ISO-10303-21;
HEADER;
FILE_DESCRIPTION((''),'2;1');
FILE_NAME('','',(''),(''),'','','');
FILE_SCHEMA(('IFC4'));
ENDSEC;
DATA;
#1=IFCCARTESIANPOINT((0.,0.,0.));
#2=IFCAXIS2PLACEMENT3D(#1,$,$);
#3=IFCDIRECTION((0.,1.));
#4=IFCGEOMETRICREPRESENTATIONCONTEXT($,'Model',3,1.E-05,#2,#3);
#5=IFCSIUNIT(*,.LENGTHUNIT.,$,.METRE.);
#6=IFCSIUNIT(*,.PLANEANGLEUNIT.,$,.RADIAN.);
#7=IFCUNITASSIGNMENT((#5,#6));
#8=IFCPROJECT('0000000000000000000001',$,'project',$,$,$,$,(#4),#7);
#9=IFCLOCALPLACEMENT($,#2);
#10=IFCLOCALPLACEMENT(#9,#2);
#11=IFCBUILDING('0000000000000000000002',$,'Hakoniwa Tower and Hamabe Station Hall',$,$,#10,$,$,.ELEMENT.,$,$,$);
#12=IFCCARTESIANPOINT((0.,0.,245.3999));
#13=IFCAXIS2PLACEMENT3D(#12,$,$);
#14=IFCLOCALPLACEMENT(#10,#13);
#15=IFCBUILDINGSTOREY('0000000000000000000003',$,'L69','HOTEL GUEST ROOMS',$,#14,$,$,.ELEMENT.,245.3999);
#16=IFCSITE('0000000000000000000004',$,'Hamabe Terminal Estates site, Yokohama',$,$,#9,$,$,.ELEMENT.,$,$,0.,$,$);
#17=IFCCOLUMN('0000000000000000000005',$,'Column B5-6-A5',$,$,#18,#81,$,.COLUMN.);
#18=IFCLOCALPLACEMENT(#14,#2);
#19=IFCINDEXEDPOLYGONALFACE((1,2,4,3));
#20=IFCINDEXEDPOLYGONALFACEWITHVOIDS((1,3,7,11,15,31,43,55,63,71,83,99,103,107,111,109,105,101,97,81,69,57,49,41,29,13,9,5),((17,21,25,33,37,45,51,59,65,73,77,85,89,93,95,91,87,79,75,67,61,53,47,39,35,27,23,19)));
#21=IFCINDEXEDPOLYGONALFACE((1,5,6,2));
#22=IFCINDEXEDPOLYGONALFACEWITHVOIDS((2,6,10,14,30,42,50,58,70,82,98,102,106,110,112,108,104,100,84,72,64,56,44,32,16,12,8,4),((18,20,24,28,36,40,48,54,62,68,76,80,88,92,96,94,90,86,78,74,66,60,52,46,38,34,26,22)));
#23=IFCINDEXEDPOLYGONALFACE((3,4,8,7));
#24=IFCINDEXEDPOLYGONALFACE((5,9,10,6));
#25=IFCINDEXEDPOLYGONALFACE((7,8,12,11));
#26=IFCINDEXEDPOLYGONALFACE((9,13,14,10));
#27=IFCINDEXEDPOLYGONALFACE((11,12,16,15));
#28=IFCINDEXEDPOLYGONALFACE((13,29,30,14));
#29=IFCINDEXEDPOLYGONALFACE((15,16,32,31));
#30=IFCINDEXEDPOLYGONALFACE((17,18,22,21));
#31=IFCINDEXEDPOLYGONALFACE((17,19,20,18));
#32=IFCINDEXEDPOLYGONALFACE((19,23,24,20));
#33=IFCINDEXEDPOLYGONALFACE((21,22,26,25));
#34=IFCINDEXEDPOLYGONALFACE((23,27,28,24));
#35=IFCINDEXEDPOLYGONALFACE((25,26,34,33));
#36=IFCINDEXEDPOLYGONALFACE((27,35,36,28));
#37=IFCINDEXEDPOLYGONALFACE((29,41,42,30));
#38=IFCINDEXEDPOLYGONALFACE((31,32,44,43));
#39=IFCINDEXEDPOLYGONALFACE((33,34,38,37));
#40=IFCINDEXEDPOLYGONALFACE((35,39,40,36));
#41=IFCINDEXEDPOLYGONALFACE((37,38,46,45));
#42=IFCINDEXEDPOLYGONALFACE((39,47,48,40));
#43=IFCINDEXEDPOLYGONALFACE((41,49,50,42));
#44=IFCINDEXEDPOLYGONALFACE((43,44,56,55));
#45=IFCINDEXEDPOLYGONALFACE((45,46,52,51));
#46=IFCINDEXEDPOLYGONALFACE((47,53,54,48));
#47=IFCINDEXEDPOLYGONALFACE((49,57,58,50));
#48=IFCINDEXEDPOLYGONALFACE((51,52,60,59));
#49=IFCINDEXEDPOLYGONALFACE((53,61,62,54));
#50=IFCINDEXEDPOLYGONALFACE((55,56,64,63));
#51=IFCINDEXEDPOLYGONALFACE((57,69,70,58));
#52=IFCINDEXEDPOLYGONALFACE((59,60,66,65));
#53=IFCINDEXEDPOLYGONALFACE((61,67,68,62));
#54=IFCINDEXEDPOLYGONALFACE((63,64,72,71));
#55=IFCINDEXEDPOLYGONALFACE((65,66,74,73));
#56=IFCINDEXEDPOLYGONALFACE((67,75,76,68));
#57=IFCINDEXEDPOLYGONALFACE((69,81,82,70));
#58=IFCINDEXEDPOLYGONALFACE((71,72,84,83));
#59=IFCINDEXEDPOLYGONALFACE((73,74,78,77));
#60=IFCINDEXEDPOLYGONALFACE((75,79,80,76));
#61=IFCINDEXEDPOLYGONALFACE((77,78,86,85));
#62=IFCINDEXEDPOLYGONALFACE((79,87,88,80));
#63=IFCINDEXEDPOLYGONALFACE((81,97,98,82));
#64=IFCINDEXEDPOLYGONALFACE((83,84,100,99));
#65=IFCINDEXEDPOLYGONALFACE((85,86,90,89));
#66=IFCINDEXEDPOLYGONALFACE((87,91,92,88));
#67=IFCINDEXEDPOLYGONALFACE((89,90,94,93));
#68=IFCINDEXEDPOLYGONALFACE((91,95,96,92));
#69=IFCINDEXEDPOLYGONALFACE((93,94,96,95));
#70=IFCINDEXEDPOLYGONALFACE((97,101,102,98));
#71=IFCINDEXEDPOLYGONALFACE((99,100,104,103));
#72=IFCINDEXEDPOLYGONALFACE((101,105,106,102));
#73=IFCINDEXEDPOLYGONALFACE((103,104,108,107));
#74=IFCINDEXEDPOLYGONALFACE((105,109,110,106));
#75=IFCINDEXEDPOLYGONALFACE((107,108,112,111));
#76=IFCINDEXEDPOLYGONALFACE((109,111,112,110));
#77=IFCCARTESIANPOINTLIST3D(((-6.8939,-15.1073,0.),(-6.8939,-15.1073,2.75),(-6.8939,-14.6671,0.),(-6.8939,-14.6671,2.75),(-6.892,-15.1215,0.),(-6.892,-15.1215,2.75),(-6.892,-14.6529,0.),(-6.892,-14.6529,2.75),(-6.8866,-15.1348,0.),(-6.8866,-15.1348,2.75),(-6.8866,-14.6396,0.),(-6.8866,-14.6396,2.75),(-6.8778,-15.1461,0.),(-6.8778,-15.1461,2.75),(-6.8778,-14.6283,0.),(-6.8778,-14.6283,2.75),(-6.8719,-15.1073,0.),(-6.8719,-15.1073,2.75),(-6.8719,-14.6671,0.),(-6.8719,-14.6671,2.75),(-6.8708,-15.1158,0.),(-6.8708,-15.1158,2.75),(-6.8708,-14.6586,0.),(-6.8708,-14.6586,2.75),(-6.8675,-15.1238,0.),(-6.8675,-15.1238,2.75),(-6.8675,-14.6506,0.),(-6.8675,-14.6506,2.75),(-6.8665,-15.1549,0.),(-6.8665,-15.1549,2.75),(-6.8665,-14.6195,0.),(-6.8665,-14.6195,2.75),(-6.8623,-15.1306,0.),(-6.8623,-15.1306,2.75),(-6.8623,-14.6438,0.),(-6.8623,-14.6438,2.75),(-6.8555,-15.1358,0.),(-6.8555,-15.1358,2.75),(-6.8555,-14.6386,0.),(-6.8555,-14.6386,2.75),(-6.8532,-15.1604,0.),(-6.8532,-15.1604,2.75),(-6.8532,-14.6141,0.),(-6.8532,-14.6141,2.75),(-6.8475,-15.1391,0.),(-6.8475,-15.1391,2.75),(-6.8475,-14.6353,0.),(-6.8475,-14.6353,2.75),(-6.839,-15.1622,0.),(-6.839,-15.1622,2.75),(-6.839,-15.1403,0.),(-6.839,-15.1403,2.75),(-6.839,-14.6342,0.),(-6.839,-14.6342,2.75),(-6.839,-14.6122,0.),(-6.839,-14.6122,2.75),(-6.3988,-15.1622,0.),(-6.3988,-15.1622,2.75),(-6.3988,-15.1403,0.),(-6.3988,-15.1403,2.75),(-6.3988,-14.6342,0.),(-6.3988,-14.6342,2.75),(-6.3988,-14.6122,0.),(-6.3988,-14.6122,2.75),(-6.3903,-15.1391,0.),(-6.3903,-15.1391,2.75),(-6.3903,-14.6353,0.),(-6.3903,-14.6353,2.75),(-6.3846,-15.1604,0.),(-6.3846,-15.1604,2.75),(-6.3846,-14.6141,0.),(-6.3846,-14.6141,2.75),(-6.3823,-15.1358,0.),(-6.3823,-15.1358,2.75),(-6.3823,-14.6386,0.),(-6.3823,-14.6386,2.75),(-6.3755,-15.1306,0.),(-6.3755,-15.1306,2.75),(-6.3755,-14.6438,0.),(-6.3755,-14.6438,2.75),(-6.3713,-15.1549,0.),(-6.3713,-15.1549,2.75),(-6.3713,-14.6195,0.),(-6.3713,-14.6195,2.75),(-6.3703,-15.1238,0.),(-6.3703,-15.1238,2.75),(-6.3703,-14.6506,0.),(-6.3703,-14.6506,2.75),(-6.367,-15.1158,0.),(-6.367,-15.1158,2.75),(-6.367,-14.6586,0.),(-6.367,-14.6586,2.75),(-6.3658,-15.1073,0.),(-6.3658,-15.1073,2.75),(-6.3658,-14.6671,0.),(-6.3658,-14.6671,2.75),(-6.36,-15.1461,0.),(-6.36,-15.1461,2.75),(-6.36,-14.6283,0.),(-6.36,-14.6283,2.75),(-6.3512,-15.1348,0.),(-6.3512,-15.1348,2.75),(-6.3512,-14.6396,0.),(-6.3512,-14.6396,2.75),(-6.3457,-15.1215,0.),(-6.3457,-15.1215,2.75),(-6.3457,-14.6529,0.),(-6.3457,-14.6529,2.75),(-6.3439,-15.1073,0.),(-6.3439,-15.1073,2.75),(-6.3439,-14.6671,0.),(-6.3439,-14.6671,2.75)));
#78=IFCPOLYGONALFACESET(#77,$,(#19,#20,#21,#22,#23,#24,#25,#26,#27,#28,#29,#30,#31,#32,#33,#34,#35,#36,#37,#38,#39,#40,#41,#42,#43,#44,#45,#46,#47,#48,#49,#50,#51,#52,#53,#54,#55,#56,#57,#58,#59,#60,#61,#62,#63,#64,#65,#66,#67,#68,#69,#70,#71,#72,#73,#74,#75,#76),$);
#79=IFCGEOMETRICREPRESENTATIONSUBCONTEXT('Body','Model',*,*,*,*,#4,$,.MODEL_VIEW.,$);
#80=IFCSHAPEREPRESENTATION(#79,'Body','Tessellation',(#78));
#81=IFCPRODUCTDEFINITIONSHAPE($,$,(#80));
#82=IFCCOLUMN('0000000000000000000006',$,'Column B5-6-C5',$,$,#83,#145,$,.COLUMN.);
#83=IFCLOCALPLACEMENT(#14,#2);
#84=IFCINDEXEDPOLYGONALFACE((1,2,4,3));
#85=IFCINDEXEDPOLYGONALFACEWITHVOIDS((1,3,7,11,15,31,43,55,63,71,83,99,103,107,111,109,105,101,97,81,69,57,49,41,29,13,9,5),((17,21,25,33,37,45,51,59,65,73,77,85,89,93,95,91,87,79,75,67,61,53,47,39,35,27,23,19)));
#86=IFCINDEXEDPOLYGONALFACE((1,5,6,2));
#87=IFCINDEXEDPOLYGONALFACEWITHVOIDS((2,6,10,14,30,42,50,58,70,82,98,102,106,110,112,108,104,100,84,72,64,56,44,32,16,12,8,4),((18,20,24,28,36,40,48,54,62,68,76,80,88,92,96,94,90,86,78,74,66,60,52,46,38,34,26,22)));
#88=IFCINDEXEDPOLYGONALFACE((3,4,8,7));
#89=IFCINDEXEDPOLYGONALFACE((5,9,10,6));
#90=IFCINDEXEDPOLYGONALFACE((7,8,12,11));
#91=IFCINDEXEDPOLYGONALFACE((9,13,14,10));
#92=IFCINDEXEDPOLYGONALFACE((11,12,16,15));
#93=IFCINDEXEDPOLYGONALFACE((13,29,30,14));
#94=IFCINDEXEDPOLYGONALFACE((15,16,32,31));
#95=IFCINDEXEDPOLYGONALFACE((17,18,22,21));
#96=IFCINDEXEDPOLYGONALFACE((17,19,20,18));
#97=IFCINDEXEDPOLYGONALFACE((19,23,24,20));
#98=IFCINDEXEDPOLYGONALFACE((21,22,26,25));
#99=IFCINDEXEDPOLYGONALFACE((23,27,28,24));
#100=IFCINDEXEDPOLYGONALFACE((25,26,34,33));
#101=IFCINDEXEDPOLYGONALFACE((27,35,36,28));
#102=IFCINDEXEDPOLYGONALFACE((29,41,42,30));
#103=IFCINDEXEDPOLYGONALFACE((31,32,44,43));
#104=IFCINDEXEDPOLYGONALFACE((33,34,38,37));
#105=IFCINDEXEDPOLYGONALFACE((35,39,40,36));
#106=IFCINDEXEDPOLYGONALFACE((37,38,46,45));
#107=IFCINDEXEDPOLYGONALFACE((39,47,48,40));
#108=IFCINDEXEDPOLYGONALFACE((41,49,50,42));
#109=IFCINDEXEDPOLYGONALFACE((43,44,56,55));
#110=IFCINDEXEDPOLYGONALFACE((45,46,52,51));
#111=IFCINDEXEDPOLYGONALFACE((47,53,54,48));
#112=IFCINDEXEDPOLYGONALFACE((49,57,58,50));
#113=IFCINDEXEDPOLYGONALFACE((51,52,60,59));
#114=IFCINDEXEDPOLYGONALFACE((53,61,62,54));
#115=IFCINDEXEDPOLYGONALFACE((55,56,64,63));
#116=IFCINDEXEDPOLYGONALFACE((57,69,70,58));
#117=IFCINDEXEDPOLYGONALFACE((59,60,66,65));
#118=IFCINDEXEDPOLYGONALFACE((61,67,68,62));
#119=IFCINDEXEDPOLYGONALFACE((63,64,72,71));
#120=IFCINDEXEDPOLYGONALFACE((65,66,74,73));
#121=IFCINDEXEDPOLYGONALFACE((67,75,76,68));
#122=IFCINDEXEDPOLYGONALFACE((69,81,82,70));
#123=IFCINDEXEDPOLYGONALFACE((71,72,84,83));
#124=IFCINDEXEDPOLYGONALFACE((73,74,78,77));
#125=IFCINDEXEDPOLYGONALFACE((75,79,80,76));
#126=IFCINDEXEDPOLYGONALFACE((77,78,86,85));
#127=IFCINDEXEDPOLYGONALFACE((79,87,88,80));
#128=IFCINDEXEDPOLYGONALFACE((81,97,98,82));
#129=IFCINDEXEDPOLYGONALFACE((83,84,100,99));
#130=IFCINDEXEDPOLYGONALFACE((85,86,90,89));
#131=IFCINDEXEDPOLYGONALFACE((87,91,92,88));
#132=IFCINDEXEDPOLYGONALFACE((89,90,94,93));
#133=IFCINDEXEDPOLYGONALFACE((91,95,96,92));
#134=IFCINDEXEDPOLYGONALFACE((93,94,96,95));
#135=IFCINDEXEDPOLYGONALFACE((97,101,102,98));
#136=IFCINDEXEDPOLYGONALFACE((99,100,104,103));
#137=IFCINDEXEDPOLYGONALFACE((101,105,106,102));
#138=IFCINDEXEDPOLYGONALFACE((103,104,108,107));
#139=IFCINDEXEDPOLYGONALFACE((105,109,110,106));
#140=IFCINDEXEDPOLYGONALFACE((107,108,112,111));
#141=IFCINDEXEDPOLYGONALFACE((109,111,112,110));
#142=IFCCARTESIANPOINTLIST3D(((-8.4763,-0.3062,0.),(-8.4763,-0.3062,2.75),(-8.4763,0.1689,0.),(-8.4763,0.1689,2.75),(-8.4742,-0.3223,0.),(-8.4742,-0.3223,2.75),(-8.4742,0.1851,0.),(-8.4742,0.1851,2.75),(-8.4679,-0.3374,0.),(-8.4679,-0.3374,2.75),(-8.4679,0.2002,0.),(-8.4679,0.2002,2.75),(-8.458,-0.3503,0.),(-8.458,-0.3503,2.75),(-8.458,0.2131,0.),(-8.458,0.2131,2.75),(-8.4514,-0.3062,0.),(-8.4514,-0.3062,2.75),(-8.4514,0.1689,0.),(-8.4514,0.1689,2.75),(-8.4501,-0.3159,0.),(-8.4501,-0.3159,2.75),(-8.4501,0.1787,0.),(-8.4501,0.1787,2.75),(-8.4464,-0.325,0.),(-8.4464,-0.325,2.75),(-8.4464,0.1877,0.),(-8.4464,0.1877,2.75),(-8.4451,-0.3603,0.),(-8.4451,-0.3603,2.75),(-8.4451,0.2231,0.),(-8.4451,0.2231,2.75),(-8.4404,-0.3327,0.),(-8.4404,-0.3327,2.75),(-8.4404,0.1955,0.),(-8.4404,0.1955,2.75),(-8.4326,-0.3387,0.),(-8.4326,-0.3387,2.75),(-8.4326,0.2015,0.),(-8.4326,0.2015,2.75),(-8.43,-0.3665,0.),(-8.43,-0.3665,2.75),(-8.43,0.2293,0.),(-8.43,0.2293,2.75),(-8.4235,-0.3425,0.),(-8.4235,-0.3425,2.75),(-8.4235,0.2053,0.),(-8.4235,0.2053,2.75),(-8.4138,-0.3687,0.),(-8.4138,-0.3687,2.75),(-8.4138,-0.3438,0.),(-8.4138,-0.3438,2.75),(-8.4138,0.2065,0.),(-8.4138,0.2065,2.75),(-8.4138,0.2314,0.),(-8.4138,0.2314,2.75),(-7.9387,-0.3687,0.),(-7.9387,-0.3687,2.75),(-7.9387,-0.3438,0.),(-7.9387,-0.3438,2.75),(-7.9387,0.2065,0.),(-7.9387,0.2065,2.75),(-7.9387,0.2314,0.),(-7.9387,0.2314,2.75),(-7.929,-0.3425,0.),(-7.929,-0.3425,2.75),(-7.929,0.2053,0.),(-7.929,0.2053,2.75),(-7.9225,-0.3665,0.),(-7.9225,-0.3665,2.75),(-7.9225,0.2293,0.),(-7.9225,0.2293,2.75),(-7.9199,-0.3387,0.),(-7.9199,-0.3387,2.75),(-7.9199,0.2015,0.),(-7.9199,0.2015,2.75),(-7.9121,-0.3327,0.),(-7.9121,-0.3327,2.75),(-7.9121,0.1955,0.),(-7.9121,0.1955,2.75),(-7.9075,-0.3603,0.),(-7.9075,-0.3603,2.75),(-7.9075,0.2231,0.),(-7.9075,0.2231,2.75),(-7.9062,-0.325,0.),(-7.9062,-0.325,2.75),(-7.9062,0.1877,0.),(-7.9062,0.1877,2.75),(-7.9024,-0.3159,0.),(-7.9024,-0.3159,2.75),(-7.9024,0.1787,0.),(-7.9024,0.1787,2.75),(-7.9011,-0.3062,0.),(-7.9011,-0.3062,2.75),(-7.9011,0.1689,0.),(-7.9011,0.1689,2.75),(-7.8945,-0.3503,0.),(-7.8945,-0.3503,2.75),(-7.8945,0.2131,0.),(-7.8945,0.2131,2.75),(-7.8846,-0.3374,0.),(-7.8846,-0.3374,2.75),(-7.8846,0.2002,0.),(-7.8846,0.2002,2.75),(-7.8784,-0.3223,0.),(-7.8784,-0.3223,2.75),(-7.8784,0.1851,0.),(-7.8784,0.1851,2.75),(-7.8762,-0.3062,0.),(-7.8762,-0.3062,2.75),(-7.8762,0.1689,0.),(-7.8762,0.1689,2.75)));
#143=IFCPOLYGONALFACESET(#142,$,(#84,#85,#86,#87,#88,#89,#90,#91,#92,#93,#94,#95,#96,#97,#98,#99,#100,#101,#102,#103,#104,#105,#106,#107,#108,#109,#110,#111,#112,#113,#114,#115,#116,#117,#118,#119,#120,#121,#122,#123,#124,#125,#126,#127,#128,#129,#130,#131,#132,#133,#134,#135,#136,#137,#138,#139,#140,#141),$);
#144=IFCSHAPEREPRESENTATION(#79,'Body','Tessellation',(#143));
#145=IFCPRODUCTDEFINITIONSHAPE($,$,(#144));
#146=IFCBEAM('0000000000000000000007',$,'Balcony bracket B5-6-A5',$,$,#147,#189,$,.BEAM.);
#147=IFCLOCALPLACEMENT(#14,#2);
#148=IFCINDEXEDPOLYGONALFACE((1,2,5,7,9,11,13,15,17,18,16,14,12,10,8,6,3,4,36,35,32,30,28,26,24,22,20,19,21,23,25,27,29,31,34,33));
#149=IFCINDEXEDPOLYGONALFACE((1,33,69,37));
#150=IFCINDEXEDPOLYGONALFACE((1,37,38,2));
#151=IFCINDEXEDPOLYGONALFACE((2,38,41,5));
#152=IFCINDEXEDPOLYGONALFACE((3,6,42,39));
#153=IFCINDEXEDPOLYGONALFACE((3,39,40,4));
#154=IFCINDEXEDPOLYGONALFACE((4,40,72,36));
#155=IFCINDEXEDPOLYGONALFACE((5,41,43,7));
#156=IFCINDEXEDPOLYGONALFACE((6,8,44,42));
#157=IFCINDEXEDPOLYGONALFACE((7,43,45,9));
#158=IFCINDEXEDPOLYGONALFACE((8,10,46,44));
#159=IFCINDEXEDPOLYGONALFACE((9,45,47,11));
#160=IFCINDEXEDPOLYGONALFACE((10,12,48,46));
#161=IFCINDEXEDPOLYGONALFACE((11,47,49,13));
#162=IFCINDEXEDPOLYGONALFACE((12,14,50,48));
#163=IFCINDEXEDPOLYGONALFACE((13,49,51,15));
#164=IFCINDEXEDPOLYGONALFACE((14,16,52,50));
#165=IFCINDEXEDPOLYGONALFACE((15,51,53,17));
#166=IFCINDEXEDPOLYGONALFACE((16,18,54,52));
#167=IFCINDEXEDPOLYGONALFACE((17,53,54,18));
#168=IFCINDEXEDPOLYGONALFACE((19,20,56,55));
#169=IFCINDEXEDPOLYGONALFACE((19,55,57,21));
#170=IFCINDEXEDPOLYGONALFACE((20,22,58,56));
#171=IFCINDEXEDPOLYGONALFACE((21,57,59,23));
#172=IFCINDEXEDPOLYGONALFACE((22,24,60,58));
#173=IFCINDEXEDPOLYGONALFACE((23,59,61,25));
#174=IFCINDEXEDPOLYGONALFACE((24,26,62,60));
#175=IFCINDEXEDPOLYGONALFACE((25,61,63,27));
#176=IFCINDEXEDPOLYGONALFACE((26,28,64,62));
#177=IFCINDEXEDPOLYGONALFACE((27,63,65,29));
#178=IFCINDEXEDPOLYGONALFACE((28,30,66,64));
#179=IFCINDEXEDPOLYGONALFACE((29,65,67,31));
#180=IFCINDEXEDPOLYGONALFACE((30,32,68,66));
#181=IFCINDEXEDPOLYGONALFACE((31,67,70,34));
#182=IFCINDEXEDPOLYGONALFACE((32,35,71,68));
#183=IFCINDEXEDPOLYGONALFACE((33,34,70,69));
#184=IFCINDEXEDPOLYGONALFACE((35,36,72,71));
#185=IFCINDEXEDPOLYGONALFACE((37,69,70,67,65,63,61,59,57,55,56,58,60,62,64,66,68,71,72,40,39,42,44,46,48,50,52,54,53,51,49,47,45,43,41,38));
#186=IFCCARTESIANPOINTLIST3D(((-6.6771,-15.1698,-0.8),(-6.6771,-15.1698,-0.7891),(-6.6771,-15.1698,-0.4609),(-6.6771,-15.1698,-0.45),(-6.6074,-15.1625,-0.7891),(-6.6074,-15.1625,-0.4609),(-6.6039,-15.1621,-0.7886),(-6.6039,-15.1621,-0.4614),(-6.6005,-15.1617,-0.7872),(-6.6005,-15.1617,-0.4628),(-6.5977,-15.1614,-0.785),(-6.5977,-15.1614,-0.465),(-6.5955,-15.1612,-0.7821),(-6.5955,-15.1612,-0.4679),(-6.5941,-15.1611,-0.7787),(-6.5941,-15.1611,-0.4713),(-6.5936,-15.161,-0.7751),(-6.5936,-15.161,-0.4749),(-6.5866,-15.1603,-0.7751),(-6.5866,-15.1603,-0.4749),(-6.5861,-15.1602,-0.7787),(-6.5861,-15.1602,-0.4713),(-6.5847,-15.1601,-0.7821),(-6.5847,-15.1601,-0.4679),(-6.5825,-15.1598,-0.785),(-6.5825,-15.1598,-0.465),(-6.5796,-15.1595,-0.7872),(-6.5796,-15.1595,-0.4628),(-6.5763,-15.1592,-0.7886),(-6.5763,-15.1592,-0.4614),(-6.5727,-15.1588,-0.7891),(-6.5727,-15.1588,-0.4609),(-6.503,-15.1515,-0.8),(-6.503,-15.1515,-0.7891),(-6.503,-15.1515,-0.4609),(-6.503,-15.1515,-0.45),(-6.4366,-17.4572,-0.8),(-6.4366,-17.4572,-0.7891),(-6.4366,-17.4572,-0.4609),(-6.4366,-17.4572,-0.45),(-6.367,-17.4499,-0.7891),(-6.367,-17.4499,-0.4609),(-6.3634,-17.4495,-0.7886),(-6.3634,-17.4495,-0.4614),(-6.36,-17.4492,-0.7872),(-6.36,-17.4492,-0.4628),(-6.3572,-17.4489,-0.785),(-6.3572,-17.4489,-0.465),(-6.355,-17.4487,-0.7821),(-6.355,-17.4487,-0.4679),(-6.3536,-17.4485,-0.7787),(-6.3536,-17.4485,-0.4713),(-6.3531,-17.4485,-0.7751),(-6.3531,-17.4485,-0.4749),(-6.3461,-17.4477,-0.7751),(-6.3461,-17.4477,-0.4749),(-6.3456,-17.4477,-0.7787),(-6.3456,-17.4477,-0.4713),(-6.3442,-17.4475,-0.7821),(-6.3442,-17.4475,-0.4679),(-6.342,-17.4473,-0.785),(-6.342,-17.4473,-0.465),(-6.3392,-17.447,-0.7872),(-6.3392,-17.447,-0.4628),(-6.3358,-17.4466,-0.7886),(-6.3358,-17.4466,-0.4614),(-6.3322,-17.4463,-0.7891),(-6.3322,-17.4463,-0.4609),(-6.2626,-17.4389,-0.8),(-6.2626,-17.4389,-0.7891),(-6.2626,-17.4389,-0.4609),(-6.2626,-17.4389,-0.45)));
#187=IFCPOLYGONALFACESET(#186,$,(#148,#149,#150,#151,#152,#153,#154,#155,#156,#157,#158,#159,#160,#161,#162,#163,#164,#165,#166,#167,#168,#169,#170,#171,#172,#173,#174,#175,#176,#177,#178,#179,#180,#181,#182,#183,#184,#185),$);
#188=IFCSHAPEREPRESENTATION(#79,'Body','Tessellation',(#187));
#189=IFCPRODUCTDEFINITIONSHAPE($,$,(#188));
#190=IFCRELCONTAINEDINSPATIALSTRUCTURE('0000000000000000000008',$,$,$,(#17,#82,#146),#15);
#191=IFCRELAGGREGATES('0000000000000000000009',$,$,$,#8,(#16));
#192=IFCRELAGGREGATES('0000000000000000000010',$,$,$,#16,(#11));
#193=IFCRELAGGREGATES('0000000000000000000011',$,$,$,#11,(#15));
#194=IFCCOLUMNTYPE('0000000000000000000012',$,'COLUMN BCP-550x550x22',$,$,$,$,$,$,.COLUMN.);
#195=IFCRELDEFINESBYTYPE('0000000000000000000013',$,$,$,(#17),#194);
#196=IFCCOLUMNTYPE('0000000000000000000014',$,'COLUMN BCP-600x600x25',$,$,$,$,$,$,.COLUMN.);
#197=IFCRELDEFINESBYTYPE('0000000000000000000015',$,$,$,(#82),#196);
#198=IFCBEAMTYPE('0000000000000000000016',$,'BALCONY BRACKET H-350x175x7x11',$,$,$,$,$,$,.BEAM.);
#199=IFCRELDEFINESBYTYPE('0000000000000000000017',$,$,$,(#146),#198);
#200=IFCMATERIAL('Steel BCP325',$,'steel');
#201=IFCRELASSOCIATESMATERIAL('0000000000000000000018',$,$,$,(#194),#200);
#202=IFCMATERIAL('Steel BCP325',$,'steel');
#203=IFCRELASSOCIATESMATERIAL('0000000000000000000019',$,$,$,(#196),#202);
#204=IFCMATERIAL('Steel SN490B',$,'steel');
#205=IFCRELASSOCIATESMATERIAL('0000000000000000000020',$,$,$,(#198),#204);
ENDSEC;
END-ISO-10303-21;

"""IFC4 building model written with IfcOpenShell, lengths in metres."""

from ifc_helpers import new_model, si_unit, direction, frame, origin, origin_2d, place, context, subcontext, project, spatial, hollow_rectangle, i_section, extrude, material, material_profile, profile_set, type_object, element, save


model = new_model("IFC4")

# Units and contexts
model_context = context("Model", 3, precision=1e-05, world=origin(), true_north=direction((0.0, 1.0)))
body_context = subcontext(model_context, "Body", "Model", "MODEL_VIEW")
ifc_project = project(units=[si_unit("LENGTHUNIT", "METRE"), si_unit("PLANEANGLEUNIT", "RADIAN")], contexts=[model_context])

# Site, building, storey
site_placement = place(None, origin())
site = spatial("IfcSite", under=ifc_project, at=site_placement, Name="Hamabe Terminal Estates site, Yokohama", CompositionType="ELEMENT", RefElevation=0.0)
building_placement = place(site_placement, origin())
building = spatial("IfcBuilding", under=site, at=building_placement, Name="Hakoniwa Tower and Hamabe Station Hall", CompositionType="ELEMENT")
storey_placement = place(building_placement, frame((0.0, 0.0, 245.3999)))
storey = spatial("IfcBuildingStorey", under=building, at=storey_placement, Name="L69", Description="HOTEL GUEST ROOMS", CompositionType="ELEMENT", Elevation=245.3999)

# Columns
ifc_material_1 = material(Name="Steel BCP325", Category="steel")
ifc_material_profile_1 = material_profile(ifc_material_1, hollow_rectangle(XDim=0.55, YDim=0.55, WallThickness=0.022, InnerFilletRadius=0.033, OuterFilletRadius=0.0549, at=origin_2d()), Name="BCP-550x550x22")
ifc_profile_set_1 = profile_set([ifc_material_profile_1], Name="Steel BCP325")
column_type_1 = type_object("IfcColumnType", Name="COLUMN BCP-550x550x22", PredefinedType="COLUMN", material=ifc_profile_set_1)
column_1_placement = place(storey_placement, frame((-6.6189, -14.8872, 0.0), z_axis=(0.0, 0.0, 1.0), x_axis=(1.0, 0.0, 0.0)))
element("IfcColumn", 1, at=column_1_placement, inside=storey, type_object=column_type_1, Name="Column B5-6-A5", PredefinedType="COLUMN", context=body_context, shape_type="SweptSolid", body=[
    extrude(hollow_rectangle(XDim=0.55, YDim=0.55, WallThickness=0.022, InnerFilletRadius=0.033, OuterFilletRadius=0.0549, at=origin_2d()), origin(), (0.0, 0.0, 1.0), 2.75),
])
ifc_material_2 = material(Name="Steel BCP325", Category="steel")
ifc_material_profile_2 = material_profile(ifc_material_2, hollow_rectangle(XDim=0.6001, YDim=0.6001, WallThickness=0.0249, InnerFilletRadius=0.0376, OuterFilletRadius=0.0625, at=origin_2d()), Name="BCP-600x600x25")
ifc_profile_set_2 = profile_set([ifc_material_profile_2], Name="Steel BCP325")
column_type_2 = type_object("IfcColumnType", Name="COLUMN BCP-600x600x25", PredefinedType="COLUMN", material=ifc_profile_set_2)
column_2_placement = place(storey_placement, frame((-8.1763, -0.0686, 0.0), z_axis=(0.0, 0.0, 1.0), x_axis=(1.0, 0.0, 0.0)))
element("IfcColumn", 2, at=column_2_placement, inside=storey, type_object=column_type_2, Name="Column B5-6-C5", PredefinedType="COLUMN", context=body_context, shape_type="SweptSolid", body=[
    extrude(hollow_rectangle(XDim=0.6001, YDim=0.6001, WallThickness=0.0249, InnerFilletRadius=0.0376, OuterFilletRadius=0.0625, at=origin_2d()), origin(), (0.0, 0.0, 1.0), 2.75),
])

# Beam
ifc_material_3 = material(Name="Steel SN490B", Category="steel")
ifc_material_profile_3 = material_profile(ifc_material_3, i_section(OverallWidth=0.175, OverallDepth=0.3501, WebThickness=0.0071, FlangeThickness=0.011, FilletRadius=0.0139, at=origin_2d()), Name="H-350x175x7x11")
ifc_profile_set_3 = profile_set([ifc_material_profile_3], Name="Steel SN490B")
beam_type_1 = type_object("IfcBeamType", Name="BALCONY BRACKET H-350x175x7x11", PredefinedType="BEAM", material=ifc_profile_set_3)
beam_1_placement = place(storey_placement, frame((-6.5901, -15.1606, -0.625), z_axis=(0.104558, -0.994519, 0.0), x_axis=(0.994519, 0.104558, 0.0)))
element("IfcBeam", 3, at=beam_1_placement, inside=storey, type_object=beam_type_1, Name="Balcony bracket B5-6-A5", PredefinedType="BEAM", context=body_context, shape_type="SweptSolid", body=[
    extrude(i_section(OverallWidth=0.175, OverallDepth=0.3501, WebThickness=0.0071, FlangeThickness=0.011, FilletRadius=0.0139, at=origin_2d()), origin(), (0.0, 0.0, 1.0), 2.3),
])

save(model, "model.ifc")
